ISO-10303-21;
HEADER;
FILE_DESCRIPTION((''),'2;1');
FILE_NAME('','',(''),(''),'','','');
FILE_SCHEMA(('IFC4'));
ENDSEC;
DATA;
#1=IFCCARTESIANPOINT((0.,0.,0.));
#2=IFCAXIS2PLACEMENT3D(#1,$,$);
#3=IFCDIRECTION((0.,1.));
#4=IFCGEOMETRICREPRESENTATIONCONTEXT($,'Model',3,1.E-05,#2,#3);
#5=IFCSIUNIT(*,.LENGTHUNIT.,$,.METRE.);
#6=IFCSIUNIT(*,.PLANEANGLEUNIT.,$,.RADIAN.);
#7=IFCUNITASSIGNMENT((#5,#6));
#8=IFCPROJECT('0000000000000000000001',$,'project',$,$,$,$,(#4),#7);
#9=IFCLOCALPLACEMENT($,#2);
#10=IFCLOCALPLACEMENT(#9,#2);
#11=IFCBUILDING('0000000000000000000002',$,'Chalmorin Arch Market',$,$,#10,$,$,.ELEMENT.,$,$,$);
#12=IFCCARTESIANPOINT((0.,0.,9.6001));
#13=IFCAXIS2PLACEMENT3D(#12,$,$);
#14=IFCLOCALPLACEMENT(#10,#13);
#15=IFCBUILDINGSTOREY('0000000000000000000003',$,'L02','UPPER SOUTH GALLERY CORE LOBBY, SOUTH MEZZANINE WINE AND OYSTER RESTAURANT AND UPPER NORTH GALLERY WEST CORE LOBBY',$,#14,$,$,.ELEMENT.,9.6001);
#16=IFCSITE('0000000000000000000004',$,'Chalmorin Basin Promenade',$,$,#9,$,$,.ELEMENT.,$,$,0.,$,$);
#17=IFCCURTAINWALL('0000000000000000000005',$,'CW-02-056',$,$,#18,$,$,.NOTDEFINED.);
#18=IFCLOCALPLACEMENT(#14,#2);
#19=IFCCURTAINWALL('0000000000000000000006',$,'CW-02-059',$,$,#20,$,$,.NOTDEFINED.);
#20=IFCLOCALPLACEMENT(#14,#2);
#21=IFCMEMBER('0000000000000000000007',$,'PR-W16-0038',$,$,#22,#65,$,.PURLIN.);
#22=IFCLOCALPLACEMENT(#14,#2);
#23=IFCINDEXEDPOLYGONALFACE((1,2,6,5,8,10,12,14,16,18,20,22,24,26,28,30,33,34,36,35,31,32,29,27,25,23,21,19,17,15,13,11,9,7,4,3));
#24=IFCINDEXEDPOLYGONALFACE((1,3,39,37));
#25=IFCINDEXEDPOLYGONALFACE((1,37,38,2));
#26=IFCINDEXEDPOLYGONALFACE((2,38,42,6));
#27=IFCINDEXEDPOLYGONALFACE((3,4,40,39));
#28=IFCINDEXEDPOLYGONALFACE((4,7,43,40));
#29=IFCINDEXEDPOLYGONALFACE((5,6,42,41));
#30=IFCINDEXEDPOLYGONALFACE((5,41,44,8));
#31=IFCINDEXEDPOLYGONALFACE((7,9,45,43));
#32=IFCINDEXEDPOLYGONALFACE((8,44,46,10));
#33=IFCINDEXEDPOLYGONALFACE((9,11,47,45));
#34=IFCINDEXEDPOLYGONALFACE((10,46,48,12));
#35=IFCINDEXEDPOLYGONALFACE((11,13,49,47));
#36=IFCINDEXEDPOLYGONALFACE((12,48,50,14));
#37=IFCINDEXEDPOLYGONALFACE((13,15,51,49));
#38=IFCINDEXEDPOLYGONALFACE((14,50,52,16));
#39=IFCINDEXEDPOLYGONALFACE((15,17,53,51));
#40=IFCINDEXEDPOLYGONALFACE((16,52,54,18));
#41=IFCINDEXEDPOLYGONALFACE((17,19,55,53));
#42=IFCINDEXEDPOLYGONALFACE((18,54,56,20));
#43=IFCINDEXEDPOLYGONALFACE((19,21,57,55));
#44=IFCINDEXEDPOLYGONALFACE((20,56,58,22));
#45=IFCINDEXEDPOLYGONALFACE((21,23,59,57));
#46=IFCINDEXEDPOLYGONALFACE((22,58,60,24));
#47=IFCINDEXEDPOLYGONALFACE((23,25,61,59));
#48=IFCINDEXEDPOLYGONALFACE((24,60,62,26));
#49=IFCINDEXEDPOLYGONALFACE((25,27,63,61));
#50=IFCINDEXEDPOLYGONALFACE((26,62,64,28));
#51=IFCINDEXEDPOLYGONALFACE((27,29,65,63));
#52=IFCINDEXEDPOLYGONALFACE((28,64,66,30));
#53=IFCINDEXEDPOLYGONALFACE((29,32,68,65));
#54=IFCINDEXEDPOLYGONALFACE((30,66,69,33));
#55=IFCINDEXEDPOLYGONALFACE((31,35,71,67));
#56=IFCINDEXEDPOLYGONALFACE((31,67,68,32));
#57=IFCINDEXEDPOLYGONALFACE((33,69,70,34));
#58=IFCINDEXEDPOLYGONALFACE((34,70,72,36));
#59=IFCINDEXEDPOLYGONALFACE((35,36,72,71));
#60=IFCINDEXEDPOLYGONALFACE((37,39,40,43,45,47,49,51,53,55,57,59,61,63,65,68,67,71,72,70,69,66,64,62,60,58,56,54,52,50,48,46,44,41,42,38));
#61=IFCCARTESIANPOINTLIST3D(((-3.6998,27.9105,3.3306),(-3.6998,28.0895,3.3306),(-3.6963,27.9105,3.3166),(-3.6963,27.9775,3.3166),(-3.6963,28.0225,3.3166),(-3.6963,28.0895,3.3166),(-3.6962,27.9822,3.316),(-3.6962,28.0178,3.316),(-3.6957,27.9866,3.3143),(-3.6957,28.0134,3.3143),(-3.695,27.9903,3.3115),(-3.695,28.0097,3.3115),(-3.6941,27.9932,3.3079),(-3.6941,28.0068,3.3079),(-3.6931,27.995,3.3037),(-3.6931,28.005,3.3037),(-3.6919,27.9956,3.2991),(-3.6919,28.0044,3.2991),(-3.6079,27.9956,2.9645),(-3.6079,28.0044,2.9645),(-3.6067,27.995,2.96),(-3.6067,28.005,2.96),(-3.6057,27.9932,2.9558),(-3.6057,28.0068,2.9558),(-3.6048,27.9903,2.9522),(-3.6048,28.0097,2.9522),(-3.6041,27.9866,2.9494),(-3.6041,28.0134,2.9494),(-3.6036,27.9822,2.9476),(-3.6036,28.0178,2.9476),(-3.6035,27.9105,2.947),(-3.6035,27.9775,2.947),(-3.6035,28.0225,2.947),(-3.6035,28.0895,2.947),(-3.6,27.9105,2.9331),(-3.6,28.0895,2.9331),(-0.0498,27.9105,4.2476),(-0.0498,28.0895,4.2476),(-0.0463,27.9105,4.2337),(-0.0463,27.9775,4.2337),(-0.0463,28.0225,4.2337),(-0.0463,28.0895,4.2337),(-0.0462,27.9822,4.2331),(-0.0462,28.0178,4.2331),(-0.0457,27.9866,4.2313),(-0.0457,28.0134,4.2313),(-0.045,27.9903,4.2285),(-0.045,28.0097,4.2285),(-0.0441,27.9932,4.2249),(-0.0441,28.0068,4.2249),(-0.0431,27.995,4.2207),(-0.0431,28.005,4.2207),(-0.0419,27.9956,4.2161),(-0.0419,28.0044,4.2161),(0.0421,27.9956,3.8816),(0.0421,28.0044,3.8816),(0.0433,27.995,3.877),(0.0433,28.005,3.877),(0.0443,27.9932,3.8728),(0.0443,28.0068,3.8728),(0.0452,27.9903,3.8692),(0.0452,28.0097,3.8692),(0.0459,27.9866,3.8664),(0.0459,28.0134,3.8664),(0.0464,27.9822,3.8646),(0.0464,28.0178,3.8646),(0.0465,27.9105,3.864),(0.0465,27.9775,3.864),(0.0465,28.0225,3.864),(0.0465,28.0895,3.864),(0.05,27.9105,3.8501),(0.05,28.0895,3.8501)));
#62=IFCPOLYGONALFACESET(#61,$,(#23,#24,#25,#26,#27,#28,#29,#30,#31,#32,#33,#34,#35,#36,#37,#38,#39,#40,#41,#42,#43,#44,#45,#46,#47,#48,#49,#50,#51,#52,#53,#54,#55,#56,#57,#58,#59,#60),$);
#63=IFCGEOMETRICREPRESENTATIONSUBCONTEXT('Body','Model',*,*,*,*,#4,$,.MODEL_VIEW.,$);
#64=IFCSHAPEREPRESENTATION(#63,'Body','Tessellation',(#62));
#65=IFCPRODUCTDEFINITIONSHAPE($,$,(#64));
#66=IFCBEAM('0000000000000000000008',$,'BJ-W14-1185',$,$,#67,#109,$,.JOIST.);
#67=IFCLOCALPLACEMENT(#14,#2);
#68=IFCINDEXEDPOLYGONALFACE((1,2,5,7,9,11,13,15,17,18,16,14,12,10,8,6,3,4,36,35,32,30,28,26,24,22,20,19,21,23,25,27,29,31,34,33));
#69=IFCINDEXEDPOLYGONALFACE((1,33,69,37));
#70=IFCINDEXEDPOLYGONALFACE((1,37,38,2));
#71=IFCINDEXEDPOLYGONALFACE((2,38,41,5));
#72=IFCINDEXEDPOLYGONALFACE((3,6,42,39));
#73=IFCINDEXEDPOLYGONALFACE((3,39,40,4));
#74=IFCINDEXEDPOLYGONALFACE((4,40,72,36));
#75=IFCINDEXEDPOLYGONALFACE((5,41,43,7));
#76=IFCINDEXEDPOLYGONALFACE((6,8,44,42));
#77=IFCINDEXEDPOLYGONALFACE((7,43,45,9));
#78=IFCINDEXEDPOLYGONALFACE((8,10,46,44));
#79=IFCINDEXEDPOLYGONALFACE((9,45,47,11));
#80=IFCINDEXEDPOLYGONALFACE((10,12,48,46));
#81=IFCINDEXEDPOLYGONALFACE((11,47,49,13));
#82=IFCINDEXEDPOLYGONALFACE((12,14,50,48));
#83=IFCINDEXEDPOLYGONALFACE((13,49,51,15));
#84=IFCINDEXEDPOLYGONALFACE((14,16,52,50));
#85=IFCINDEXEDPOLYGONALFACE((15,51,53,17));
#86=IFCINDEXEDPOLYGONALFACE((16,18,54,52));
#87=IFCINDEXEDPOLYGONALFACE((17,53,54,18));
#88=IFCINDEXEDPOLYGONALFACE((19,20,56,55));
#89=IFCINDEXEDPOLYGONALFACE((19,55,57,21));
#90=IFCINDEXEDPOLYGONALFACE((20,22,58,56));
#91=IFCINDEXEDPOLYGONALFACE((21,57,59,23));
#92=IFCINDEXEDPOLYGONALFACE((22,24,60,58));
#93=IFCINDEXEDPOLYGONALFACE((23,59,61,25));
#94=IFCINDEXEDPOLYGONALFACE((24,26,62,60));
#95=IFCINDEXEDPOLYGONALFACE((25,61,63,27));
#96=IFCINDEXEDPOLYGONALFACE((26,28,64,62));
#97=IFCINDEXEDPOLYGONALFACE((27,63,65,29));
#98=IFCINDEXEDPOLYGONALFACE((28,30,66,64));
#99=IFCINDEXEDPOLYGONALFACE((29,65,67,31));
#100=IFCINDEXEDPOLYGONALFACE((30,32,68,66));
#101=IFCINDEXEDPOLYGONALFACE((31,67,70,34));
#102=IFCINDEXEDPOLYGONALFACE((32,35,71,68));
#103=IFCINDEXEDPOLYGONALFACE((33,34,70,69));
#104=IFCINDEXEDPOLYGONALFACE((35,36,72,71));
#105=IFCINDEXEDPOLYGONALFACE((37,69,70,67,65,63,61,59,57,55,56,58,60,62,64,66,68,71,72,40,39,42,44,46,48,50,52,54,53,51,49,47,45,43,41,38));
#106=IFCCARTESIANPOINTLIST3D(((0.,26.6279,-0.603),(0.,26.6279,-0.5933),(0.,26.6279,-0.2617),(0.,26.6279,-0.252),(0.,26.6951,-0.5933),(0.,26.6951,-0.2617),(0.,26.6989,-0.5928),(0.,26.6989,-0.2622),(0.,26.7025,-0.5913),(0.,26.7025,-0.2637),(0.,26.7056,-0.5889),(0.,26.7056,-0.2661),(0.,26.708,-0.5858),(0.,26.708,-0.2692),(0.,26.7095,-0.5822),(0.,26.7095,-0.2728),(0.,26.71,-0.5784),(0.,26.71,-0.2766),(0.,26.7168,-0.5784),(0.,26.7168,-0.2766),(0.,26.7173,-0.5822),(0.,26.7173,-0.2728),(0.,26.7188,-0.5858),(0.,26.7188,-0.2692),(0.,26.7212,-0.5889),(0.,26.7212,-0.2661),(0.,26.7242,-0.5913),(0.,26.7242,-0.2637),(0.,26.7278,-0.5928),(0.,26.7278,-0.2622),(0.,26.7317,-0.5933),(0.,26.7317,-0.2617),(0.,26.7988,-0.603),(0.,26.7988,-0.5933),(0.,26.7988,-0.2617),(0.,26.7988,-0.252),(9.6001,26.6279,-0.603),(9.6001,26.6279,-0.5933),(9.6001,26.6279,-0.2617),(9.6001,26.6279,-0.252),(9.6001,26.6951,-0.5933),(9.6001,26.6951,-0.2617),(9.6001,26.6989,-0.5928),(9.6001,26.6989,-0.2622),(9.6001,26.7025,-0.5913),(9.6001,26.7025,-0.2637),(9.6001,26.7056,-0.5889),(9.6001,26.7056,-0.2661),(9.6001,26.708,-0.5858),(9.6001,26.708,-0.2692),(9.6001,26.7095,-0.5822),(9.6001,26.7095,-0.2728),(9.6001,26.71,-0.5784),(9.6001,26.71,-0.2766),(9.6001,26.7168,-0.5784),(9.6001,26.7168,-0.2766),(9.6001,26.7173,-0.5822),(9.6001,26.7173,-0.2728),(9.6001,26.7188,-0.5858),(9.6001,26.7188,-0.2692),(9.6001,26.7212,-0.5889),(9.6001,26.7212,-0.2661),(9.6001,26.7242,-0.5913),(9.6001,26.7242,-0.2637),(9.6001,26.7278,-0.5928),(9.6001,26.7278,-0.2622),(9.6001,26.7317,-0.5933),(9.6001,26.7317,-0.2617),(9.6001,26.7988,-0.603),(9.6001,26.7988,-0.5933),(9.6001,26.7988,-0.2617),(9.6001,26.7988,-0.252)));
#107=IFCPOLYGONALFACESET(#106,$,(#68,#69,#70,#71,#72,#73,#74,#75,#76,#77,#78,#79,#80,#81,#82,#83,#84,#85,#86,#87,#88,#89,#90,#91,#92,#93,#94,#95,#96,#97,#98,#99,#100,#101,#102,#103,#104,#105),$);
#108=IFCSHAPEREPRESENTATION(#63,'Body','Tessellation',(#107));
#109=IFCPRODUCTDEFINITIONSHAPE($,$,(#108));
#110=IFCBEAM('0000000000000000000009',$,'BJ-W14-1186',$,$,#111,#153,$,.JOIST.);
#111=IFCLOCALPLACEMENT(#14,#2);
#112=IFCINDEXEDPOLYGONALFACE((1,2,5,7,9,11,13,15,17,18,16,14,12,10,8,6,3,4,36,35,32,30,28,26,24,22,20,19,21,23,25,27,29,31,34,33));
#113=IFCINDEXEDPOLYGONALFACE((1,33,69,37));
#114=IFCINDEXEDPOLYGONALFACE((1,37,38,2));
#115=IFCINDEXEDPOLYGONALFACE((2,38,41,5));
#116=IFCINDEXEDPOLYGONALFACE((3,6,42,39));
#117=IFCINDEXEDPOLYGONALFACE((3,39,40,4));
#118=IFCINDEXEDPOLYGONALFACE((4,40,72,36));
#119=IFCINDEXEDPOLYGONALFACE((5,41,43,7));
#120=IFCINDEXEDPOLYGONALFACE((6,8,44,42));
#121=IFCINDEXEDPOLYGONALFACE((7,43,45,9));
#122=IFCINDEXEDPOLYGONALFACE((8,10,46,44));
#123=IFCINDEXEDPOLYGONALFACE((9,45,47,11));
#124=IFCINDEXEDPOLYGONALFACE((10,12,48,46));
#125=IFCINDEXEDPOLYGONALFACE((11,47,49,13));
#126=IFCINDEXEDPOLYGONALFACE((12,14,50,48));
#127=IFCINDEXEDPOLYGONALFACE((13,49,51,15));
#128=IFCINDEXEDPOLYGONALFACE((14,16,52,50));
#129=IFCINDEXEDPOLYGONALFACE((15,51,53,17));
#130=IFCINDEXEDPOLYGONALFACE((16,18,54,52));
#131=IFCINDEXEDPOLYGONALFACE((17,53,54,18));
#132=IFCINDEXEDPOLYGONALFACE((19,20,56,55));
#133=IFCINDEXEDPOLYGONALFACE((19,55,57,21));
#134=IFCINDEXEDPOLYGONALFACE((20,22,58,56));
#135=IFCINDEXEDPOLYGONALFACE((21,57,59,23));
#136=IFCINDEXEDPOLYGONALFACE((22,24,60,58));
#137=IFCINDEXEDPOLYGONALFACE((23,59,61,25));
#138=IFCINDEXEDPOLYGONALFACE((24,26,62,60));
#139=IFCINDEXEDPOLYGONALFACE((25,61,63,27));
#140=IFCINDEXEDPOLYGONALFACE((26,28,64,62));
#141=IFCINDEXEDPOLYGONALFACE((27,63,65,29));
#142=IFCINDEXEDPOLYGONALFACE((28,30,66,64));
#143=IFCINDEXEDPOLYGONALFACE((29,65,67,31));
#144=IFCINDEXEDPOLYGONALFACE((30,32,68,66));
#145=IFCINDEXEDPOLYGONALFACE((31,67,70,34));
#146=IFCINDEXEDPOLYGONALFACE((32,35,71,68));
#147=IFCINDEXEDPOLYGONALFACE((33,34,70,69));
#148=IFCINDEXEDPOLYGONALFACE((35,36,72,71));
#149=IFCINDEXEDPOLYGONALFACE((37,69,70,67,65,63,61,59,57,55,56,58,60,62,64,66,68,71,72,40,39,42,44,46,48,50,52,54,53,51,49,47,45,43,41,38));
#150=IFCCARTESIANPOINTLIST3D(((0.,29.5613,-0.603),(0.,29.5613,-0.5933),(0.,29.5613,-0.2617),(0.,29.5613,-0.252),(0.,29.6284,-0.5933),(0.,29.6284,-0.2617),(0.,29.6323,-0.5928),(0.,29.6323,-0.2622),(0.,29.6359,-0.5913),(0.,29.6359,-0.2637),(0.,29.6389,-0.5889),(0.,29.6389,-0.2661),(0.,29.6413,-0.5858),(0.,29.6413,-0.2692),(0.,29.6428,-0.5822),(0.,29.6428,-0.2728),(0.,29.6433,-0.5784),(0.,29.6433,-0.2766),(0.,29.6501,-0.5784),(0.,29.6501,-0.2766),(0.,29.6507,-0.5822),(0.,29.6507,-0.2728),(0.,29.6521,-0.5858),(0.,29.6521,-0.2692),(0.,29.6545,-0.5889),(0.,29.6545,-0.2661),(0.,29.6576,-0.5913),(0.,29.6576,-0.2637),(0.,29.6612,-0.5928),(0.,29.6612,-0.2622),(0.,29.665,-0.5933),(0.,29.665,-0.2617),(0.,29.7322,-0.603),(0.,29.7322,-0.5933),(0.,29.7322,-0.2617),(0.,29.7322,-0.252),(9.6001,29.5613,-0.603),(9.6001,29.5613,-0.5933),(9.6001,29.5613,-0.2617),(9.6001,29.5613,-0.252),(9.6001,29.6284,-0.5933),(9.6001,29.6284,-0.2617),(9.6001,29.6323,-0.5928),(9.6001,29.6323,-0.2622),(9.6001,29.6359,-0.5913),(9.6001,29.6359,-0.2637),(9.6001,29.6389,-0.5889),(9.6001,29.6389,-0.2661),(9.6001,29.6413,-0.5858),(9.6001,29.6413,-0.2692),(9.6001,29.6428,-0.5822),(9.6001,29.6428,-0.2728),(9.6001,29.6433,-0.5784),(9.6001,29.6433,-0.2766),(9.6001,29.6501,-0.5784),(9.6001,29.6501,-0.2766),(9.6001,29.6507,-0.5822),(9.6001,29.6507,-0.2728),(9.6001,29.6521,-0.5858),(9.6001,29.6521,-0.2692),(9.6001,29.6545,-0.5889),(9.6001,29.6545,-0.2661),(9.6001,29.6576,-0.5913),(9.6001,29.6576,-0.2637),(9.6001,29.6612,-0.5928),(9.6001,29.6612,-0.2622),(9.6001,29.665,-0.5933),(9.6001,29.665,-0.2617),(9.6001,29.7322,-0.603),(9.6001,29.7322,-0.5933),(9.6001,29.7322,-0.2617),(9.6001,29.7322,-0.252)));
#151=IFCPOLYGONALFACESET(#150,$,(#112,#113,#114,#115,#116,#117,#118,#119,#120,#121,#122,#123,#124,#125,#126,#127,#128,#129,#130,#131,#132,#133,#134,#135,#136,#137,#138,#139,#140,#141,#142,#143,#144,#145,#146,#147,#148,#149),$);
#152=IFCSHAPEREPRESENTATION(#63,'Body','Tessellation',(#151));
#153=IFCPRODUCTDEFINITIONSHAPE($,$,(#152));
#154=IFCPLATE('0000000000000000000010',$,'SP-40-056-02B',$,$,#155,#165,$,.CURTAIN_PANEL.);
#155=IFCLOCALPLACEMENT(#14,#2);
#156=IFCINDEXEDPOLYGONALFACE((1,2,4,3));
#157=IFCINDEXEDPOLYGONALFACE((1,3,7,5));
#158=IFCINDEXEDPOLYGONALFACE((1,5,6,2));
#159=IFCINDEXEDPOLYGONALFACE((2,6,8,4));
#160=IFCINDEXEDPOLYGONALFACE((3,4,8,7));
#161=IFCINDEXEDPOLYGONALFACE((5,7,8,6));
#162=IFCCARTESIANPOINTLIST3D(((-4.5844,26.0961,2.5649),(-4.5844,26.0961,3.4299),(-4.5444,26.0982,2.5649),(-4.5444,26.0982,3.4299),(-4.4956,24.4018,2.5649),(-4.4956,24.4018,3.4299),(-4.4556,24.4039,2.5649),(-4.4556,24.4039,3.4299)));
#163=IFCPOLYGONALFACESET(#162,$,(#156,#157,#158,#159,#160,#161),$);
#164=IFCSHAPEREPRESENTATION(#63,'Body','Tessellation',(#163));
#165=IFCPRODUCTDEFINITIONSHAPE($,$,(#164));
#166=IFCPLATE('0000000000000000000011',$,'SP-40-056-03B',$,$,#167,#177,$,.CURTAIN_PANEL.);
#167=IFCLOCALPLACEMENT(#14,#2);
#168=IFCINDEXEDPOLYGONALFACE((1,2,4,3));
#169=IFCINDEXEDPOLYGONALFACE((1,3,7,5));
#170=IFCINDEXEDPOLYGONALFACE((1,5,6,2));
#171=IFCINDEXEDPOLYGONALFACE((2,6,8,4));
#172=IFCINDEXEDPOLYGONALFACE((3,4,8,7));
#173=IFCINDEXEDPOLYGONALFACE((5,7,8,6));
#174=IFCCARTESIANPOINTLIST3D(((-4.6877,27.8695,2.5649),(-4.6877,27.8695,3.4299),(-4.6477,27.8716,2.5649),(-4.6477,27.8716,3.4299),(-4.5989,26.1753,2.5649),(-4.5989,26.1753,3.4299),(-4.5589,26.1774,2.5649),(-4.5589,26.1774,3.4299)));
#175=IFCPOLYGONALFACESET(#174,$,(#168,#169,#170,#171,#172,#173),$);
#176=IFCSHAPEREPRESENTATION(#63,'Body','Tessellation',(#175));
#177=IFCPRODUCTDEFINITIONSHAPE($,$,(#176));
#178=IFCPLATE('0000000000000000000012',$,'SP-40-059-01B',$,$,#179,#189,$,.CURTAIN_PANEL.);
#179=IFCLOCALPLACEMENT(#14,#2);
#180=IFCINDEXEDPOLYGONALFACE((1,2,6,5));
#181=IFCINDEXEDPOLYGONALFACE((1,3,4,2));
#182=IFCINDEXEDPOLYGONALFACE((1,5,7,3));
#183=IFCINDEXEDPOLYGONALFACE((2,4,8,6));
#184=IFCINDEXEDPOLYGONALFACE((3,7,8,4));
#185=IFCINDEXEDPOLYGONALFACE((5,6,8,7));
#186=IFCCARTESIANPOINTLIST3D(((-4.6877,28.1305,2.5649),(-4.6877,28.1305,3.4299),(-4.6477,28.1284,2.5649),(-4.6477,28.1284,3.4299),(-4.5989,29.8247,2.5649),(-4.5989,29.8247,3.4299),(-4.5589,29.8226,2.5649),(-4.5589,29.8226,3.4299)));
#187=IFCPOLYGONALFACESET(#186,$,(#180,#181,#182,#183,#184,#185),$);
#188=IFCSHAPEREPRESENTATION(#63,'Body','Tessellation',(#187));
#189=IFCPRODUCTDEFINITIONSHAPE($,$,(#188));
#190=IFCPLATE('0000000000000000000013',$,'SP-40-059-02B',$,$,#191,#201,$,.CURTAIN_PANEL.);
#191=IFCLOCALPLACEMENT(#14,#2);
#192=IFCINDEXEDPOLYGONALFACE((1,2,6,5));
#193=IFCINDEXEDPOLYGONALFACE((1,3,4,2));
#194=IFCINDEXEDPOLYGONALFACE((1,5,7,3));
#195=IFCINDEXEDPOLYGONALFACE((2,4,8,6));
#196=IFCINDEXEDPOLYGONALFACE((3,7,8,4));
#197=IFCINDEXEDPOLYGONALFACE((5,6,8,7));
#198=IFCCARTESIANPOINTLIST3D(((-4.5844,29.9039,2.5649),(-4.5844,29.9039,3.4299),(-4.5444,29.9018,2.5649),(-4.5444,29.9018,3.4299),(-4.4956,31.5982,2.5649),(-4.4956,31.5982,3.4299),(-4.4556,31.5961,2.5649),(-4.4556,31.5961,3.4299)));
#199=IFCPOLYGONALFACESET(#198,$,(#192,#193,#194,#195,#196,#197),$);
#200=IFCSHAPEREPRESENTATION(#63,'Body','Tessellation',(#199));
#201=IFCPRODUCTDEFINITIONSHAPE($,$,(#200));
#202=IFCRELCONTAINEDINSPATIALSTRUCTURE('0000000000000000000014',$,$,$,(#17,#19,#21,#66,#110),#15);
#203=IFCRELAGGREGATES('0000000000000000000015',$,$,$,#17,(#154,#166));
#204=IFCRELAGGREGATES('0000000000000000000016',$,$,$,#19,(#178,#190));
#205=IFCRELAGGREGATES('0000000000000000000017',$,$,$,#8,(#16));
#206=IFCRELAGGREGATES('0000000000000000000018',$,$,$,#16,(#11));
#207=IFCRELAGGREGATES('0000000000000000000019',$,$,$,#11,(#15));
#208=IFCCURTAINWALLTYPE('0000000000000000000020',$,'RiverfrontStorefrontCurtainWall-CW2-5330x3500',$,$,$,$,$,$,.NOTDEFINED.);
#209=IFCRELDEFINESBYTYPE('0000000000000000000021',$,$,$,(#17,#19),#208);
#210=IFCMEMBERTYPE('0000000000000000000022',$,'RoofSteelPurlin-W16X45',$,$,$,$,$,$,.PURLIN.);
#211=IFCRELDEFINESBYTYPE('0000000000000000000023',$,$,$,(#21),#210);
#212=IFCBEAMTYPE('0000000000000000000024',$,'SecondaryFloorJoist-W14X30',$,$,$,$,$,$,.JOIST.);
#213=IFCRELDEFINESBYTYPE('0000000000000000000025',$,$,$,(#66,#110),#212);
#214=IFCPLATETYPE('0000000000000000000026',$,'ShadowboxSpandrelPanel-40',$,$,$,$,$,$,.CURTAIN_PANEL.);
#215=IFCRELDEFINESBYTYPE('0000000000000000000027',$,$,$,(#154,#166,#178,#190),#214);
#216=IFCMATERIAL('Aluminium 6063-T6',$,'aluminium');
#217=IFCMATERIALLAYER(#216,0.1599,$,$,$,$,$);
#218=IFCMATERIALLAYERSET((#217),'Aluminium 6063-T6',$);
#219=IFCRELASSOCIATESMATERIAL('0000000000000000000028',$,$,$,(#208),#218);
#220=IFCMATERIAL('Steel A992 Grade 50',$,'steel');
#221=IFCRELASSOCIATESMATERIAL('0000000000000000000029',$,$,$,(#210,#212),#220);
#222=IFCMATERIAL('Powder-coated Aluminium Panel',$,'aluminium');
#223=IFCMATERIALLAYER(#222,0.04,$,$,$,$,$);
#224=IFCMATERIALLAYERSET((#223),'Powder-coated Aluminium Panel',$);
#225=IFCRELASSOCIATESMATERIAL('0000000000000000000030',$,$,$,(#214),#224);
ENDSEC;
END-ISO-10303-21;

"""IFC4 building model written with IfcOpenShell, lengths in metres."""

from ifc_helpers import new_model, si_unit, direction, frame, origin, origin_2d, place, context, subcontext, project, spatial, rectangle, i_section, extrude, material, layer, layer_set, material_profile, profile_set, type_object, element, aggregate, save


model = new_model("IFC4")

# Units and contexts
model_context = context("Model", 3, precision=1e-05, world=origin(), true_north=direction((0.0, 1.0)))
body_context = subcontext(model_context, "Body", "Model", "MODEL_VIEW")
ifc_project = project(units=[si_unit("LENGTHUNIT", "METRE"), si_unit("PLANEANGLEUNIT", "RADIAN")], contexts=[model_context])

# Site, building, storey
site_placement = place(None, origin())
site = spatial("IfcSite", under=ifc_project, at=site_placement, Name="Chalmorin Basin Promenade", CompositionType="ELEMENT", RefElevation=0.0)
building_placement = place(site_placement, origin())
building = spatial("IfcBuilding", under=site, at=building_placement, Name="Chalmorin Arch Market", CompositionType="ELEMENT")
storey_placement = place(building_placement, frame((0.0, 0.0, 9.6001)))
storey = spatial("IfcBuildingStorey", under=building, at=storey_placement, Name="L02", Description="UPPER SOUTH GALLERY CORE LOBBY, SOUTH MEZZANINE WINE AND OYSTER RESTAURANT AND UPPER NORTH GALLERY WEST CORE LOBBY", CompositionType="ELEMENT", Elevation=9.6001)

# Curtain walls
ifc_material_1 = material(Name="Aluminium 6063-T6", Category="aluminium")
ifc_layer_1 = layer(ifc_material_1, 0.1599)
ifc_layer_set_1 = layer_set([ifc_layer_1], Name="Aluminium 6063-T6")
curtain_wall_type = type_object("IfcCurtainWallType", Name="RiverfrontStorefrontCurtainWall-CW2-5330x3500", PredefinedType="NOTDEFINED", material=ifc_layer_set_1)
curtain_wall_1_placement = place(storey_placement, origin())
curtain_wall_1 = element("IfcCurtainWall", 1, at=curtain_wall_1_placement, inside=storey, type_object=curtain_wall_type, Name="CW-02-056", PredefinedType="NOTDEFINED")
curtain_wall_2_placement = place(storey_placement, origin())
curtain_wall_2 = element("IfcCurtainWall", 2, at=curtain_wall_2_placement, inside=storey, type_object=curtain_wall_type, Name="CW-02-059", PredefinedType="NOTDEFINED")

# Shared definitions
ifc_material_2 = material(Name="Steel A992 Grade 50", Category="steel")

# Member
ifc_material_profile_1 = material_profile(ifc_material_2, i_section(OverallWidth=0.179, OverallDepth=0.4099, WebThickness=0.0088, FlangeThickness=0.0144, FilletRadius=0.0181, at=origin_2d()), Name="W16X45")
ifc_profile_set_1 = profile_set([ifc_material_profile_1], Name="Steel A992 Grade 50")
member_type_1 = type_object("IfcMemberType", Name="RoofSteelPurlin-W16X45", PredefinedType="PURLIN", material=ifc_profile_set_1)
member_1_placement = place(storey_placement, frame((-3.6499, 28.0, 3.1318), z_axis=(0.969859, 0.0, 0.243665), x_axis=(0.0, 1.0, 0.0)))
element("IfcMember", 3, at=member_1_placement, inside=storey, type_object=member_type_1, Name="PR-W16-0038", PredefinedType="PURLIN", context=body_context, shape_type="SweptSolid", body=[
    extrude(i_section(OverallWidth=0.179, OverallDepth=0.4099, WebThickness=0.0088, FlangeThickness=0.0144, FilletRadius=0.0181, at=origin_2d()), origin(), (0.0, 0.0, 1.0), 3.7634),
])

# Beams
ifc_material_profile_2 = material_profile(ifc_material_2, i_section(OverallWidth=0.1709, OverallDepth=0.3511, WebThickness=0.0068, FlangeThickness=0.0098, FilletRadius=0.0149, at=origin_2d()), Name="W14X30")
ifc_profile_set_2 = profile_set([ifc_material_profile_2], Name="Steel A992 Grade 50")
beam_type_1 = type_object("IfcBeamType", Name="SecondaryFloorJoist-W14X30", PredefinedType="JOIST", material=ifc_profile_set_2)
for number, where, z_axis, x_axis, name in (
    (4, (0.0, 26.7134, -0.4275), (1.0, 0.0, 0.0), (0.0, 1.0, 0.0), "BJ-W14-1185"),
    (5, (0.0, 29.6467, -0.4275), (1.0, 0.0, 0.0), (0.0, 1.0, 0.0), "BJ-W14-1186"),
):
    element("IfcBeam", number, at=place(storey_placement, frame(where, z_axis=z_axis, x_axis=x_axis)), inside=storey, type_object=beam_type_1, Name=name, PredefinedType="JOIST", context=body_context, shape_type="SweptSolid", body=[
        extrude(i_section(OverallWidth=0.1709, OverallDepth=0.3511, WebThickness=0.0068, FlangeThickness=0.0098, FilletRadius=0.0149, at=origin_2d()), origin(), (0.0, 0.0, 1.0), 9.6001),
    ])

# Plates
ifc_material_3 = material(Name="Powder-coated Aluminium Panel", Category="aluminium")
ifc_layer_2 = layer(ifc_material_3, 0.04)
ifc_layer_set_2 = layer_set([ifc_layer_2], Name="Powder-coated Aluminium Panel")
plate_type_1 = type_object("IfcPlateType", Name="ShadowboxSpandrelPanel-40", PredefinedType="CURTAIN_PANEL", material=ifc_layer_set_2)
plate_1_placement = place(storey_placement, frame((-4.52, 25.25, 2.5649), z_axis=(0.0, 0.0, 1.0), x_axis=(-0.052336, 0.99863, 0.0)))
plate_1 = element("IfcPlate", 6, at=plate_1_placement, type_object=plate_type_1, Name="SP-40-056-02B", PredefinedType="CURTAIN_PANEL", context=body_context, shape_type="SweptSolid", body=[
    extrude(rectangle(XDim=1.6965, YDim=0.04, at=origin_2d()), origin(), (0.0, 0.0, 1.0), 0.865),
])
plate_2_placement = place(storey_placement, frame((-4.6233, 27.0234, 2.5649), z_axis=(0.0, 0.0, 1.0), x_axis=(-0.052336, 0.99863, 0.0)))
plate_2 = element("IfcPlate", 7, at=plate_2_placement, type_object=plate_type_1, Name="SP-40-056-03B", PredefinedType="CURTAIN_PANEL", context=body_context, shape_type="SweptSolid", body=[
    extrude(rectangle(XDim=1.6965, YDim=0.04, at=origin_2d()), origin(), (0.0, 0.0, 1.0), 0.865),
])
plate_3_placement = place(storey_placement, frame((-4.6233, 28.9766, 2.5649), z_axis=(0.0, 0.0, 1.0), x_axis=(0.052336, 0.99863, 0.0)))
plate_3 = element("IfcPlate", 8, at=plate_3_placement, type_object=plate_type_1, Name="SP-40-059-01B", PredefinedType="CURTAIN_PANEL", context=body_context, shape_type="SweptSolid", body=[
    extrude(rectangle(XDim=1.6965, YDim=0.04, at=origin_2d()), origin(), (0.0, 0.0, 1.0), 0.865),
])
plate_4_placement = place(storey_placement, frame((-4.52, 30.75, 2.5649), z_axis=(0.0, 0.0, 1.0), x_axis=(0.052336, 0.99863, 0.0)))
plate_4 = element("IfcPlate", 9, at=plate_4_placement, type_object=plate_type_1, Name="SP-40-059-02B", PredefinedType="CURTAIN_PANEL", context=body_context, shape_type="SweptSolid", body=[
    extrude(rectangle(XDim=1.6965, YDim=0.04, at=origin_2d()), origin(), (0.0, 0.0, 1.0), 0.865),
])
aggregate(curtain_wall_1, [plate_1, plate_2])
aggregate(curtain_wall_2, [plate_3, plate_4])

save(model, "model.ifc")
